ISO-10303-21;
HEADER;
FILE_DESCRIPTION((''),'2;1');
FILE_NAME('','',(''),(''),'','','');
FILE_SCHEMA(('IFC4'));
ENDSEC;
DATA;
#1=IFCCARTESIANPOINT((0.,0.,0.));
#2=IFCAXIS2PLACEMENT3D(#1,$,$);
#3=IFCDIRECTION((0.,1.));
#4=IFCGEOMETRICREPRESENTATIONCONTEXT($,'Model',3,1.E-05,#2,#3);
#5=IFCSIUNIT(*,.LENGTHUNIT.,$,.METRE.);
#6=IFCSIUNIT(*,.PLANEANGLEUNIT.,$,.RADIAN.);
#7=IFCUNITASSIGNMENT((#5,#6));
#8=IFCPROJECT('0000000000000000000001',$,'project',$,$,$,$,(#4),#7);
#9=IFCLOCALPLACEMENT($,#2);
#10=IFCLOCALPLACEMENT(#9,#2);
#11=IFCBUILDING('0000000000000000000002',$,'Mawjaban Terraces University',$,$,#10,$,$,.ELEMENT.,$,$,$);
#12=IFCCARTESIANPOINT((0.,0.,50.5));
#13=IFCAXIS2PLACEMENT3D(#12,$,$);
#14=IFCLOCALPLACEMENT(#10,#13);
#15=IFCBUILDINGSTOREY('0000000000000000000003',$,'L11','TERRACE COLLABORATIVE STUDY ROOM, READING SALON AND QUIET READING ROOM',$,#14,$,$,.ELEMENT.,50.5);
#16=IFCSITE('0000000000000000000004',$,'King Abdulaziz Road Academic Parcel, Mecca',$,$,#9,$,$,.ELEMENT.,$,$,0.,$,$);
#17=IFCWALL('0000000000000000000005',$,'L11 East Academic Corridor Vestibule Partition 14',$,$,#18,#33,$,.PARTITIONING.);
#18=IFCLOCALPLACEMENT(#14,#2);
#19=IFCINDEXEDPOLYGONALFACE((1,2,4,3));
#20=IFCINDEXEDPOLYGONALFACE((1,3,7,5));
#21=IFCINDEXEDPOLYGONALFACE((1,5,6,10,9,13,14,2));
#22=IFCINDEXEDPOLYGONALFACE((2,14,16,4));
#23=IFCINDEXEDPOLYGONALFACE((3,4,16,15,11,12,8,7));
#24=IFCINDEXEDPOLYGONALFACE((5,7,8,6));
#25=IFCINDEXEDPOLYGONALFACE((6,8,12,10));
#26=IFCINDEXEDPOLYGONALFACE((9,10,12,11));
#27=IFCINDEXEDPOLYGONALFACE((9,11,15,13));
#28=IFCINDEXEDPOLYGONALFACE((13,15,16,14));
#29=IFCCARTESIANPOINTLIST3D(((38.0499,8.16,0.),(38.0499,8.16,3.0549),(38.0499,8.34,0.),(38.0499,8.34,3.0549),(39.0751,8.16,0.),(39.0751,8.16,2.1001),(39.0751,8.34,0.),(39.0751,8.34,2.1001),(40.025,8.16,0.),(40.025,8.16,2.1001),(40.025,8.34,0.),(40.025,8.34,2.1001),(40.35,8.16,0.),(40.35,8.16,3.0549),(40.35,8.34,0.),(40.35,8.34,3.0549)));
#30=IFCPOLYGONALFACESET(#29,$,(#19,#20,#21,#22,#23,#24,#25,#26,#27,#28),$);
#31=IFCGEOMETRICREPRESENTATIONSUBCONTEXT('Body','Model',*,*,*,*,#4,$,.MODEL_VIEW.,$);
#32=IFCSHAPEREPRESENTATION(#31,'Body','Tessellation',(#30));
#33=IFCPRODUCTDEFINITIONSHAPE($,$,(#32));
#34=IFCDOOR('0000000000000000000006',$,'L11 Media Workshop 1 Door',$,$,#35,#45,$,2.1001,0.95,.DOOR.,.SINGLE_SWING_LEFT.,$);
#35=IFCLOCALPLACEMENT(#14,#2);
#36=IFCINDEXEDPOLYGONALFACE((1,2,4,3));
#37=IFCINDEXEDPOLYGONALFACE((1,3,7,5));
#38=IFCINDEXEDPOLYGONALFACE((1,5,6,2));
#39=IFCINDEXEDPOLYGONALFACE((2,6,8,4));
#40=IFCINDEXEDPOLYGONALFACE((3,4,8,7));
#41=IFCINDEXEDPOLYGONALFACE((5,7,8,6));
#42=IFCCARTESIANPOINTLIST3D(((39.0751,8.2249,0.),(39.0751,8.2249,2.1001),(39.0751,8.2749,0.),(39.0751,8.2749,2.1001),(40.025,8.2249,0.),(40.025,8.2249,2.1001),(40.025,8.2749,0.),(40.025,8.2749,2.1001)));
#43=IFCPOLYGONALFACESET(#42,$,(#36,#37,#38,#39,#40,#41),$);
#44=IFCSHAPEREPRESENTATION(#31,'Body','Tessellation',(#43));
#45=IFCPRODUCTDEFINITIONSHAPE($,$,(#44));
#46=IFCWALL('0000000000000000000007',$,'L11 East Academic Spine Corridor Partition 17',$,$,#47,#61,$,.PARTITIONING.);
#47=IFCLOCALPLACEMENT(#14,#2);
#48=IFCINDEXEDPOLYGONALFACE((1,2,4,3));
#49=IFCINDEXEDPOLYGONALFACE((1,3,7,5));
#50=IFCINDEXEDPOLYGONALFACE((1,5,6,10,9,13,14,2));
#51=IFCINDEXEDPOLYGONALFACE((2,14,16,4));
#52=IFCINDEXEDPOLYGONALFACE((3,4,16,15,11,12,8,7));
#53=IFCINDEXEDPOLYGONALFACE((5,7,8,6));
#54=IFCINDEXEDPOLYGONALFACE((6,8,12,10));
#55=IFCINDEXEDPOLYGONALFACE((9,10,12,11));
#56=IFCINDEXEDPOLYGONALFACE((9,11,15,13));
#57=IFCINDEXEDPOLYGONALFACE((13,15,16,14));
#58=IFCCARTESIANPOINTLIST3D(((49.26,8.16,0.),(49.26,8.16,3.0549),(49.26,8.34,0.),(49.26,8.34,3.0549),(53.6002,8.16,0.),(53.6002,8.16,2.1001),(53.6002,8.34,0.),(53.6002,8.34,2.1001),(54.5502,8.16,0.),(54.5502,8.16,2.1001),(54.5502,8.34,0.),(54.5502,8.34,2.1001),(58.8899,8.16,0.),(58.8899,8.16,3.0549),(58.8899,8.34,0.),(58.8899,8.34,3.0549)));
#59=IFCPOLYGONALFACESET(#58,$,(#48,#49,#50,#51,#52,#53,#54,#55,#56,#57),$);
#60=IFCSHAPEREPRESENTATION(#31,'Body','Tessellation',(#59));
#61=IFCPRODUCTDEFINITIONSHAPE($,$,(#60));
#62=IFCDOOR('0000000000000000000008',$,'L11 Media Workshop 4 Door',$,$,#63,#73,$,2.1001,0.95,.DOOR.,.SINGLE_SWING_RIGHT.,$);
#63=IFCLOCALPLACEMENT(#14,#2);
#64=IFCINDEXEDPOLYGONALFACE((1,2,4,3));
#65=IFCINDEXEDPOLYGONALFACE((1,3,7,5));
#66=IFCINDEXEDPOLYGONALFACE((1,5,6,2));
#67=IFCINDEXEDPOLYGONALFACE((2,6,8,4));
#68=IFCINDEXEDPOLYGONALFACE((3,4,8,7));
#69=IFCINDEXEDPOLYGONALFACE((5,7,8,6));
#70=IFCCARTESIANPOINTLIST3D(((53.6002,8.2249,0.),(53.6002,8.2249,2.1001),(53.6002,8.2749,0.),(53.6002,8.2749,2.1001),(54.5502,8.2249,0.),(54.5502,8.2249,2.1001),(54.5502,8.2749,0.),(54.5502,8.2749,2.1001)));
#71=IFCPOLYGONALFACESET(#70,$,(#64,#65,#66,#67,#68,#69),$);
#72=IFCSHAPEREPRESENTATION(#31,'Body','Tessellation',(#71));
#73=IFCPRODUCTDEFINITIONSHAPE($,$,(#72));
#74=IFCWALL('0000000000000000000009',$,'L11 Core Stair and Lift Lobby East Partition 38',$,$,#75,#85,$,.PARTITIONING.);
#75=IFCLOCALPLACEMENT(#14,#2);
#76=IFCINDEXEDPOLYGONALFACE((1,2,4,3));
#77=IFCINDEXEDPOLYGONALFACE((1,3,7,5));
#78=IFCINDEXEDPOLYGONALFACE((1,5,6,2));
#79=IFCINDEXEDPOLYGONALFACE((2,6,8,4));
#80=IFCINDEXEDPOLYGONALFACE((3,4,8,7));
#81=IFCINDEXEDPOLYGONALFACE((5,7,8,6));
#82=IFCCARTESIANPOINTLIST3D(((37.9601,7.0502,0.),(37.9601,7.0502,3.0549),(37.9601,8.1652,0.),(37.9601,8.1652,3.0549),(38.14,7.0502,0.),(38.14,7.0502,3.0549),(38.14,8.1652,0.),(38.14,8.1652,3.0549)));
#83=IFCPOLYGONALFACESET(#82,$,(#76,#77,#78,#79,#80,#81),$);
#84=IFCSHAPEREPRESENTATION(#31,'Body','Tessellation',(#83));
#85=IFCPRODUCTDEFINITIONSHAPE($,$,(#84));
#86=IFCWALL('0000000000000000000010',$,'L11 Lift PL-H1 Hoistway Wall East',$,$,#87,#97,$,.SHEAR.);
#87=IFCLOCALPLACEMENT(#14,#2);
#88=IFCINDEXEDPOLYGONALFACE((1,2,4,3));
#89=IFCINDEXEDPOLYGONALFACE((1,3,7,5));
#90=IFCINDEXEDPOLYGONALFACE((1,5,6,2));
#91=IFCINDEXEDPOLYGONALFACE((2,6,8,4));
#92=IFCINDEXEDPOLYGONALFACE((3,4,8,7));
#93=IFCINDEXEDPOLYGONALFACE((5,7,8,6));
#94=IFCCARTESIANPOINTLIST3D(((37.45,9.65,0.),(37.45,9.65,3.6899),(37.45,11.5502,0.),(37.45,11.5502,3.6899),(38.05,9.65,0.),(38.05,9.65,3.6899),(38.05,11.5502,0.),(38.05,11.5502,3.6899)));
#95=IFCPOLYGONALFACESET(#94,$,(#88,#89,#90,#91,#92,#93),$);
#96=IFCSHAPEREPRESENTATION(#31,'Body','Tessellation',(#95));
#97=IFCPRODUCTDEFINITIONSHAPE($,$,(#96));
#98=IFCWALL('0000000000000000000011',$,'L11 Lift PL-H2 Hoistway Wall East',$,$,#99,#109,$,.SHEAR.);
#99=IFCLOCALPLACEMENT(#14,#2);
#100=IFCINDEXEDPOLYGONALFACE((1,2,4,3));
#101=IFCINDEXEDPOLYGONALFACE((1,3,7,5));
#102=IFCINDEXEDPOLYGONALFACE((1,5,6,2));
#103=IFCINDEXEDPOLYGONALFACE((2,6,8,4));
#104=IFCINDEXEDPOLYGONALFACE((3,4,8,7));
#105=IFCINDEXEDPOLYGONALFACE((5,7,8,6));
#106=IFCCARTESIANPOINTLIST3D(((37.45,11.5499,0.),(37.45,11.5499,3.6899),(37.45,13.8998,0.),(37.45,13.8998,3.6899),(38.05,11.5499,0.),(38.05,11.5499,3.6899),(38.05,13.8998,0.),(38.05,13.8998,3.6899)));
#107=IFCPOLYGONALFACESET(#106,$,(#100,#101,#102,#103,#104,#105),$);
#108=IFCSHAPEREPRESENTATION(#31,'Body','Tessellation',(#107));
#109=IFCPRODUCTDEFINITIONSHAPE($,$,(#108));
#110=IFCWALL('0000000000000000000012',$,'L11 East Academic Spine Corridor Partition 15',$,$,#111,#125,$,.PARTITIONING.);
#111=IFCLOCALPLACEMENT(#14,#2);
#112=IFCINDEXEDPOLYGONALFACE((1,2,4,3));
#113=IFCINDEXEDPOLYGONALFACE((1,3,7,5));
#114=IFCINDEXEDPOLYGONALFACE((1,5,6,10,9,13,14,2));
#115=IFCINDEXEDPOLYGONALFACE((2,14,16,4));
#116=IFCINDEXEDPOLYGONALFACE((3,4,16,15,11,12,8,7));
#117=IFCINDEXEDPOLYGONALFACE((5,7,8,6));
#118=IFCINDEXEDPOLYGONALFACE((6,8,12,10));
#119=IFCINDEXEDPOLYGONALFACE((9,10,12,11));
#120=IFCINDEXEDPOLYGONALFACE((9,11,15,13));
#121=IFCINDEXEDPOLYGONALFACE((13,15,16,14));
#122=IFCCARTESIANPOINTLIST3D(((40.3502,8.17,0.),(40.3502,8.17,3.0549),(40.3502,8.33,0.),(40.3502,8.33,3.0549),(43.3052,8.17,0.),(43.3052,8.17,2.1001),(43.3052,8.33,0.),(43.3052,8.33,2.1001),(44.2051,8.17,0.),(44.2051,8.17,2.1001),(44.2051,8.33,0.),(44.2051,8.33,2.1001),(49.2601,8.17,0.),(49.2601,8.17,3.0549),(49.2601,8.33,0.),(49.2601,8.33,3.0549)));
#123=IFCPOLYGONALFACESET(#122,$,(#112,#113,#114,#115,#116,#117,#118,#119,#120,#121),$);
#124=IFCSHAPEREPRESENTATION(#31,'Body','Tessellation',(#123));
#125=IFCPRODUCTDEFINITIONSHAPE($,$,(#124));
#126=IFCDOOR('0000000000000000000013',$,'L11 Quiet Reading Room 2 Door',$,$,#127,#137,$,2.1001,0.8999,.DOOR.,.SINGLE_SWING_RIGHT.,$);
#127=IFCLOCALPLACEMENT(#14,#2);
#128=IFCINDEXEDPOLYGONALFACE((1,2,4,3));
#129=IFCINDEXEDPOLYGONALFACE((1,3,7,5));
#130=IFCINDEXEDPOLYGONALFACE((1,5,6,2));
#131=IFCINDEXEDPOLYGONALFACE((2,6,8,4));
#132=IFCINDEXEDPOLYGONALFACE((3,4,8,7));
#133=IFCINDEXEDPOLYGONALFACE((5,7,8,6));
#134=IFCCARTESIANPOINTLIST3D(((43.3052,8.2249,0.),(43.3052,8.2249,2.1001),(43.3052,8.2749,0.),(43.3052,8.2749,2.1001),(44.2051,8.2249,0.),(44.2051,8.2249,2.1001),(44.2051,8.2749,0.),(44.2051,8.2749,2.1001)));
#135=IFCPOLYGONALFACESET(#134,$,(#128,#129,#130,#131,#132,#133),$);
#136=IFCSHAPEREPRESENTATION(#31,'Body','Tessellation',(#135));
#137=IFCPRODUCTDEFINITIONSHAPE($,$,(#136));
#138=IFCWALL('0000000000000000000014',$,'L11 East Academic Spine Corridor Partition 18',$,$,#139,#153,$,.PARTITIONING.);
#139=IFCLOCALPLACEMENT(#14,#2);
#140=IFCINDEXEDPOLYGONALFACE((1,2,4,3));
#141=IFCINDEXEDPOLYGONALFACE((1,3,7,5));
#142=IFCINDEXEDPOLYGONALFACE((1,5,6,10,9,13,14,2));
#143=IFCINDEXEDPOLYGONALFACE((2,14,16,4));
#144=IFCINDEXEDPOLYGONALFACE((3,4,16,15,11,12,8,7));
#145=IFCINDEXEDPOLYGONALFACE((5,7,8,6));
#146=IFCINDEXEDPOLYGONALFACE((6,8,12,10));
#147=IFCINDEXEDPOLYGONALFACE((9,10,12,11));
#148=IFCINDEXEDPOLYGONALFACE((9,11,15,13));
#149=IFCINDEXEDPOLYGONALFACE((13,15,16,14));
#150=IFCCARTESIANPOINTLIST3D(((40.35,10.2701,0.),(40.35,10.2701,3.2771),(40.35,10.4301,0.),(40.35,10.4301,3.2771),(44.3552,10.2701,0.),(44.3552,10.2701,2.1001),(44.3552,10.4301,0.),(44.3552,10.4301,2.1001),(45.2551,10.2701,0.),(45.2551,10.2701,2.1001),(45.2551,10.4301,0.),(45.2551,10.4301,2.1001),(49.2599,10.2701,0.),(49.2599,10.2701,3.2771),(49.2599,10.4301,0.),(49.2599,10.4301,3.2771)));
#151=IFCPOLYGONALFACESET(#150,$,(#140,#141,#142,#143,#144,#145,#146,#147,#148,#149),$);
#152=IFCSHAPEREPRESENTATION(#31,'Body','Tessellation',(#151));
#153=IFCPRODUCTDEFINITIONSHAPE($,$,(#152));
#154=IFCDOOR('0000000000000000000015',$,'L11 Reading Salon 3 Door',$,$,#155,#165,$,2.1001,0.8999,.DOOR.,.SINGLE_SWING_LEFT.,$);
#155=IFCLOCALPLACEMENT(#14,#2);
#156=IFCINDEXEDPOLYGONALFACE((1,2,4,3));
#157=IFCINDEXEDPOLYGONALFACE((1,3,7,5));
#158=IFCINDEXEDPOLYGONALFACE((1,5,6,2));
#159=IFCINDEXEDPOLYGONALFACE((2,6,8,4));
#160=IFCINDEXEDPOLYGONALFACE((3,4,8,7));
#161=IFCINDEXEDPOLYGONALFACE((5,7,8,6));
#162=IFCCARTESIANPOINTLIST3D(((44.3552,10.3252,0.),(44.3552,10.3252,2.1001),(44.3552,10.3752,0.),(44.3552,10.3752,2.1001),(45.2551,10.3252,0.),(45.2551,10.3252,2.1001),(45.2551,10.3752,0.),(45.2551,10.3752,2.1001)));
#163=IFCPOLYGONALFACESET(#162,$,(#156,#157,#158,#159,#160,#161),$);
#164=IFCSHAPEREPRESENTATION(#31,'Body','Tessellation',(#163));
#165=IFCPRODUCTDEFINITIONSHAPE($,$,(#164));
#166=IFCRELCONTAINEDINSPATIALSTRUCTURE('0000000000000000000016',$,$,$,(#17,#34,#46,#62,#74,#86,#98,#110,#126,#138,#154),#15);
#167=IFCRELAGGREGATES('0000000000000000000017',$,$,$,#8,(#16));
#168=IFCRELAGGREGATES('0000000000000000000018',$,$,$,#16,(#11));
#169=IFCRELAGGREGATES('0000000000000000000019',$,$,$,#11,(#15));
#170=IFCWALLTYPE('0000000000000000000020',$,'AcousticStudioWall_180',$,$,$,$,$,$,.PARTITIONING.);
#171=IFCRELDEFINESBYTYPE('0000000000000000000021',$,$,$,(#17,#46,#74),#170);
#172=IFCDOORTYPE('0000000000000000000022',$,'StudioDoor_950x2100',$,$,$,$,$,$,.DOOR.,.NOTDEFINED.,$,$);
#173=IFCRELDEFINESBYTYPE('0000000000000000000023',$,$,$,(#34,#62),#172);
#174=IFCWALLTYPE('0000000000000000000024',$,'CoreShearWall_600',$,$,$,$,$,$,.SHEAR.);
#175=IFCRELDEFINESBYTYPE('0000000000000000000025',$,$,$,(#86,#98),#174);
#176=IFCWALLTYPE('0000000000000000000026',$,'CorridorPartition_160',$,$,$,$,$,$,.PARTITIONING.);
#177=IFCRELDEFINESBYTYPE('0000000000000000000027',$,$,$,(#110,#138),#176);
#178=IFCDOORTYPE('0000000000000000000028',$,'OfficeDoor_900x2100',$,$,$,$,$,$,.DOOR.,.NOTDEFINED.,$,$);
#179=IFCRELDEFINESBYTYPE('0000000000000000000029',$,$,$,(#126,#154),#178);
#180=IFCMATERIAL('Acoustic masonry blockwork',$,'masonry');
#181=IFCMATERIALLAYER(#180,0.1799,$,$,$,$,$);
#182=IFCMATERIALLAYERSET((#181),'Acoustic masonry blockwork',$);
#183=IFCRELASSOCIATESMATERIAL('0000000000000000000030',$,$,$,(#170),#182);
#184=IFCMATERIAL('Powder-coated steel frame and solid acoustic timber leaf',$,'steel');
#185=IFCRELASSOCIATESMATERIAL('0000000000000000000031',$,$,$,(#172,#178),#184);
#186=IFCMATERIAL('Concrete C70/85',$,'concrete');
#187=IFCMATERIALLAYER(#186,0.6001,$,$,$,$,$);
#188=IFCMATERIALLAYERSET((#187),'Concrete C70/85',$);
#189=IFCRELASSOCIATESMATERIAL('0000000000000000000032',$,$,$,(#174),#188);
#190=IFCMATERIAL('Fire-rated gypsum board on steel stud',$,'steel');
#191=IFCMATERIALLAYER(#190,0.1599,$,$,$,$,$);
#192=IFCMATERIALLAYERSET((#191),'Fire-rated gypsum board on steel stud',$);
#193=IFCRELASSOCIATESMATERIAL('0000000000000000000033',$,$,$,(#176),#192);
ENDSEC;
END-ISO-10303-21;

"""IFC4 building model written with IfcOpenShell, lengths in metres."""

from ifc_helpers import new_model, si_unit, direction, frame, frame_2d, origin, place, context, subcontext, project, spatial, rectangle, extrude, material, layer, layer_set, type_object, element, fill, save


model = new_model("IFC4")

# Units and contexts
model_context = context("Model", 3, precision=1e-05, world=origin(), true_north=direction((0.0, 1.0)))
body_context = subcontext(model_context, "Body", "Model", "MODEL_VIEW")
ifc_project = project(units=[si_unit("LENGTHUNIT", "METRE"), si_unit("PLANEANGLEUNIT", "RADIAN")], contexts=[model_context])

# Site, building, storey
site_placement = place(None, origin())
site = spatial("IfcSite", under=ifc_project, at=site_placement, Name="King Abdulaziz Road Academic Parcel, Mecca", CompositionType="ELEMENT", RefElevation=0.0)
building_placement = place(site_placement, origin())
building = spatial("IfcBuilding", under=site, at=building_placement, Name="Mawjaban Terraces University", CompositionType="ELEMENT")
storey_placement = place(building_placement, frame((0.0, 0.0, 50.5)))
storey = spatial("IfcBuildingStorey", under=building, at=storey_placement, Name="L11", Description="TERRACE COLLABORATIVE STUDY ROOM, READING SALON AND QUIET READING ROOM", CompositionType="ELEMENT", Elevation=50.5)

# Walls, openings, doors
ifc_material_1 = material(Name="Acoustic masonry blockwork", Category="masonry")
ifc_layer_1 = layer(ifc_material_1, 0.1799)
ifc_layer_set_1 = layer_set([ifc_layer_1], Name="Acoustic masonry blockwork")
wall_type_1 = type_object("IfcWallType", Name="AcousticStudioWall_180", PredefinedType="PARTITIONING", material=ifc_layer_set_1)
wall_1_placement = place(storey_placement, frame((38.05, 8.25, 0.0), z_axis=(0.0, 0.0, 1.0), x_axis=(1.0, 0.0, 0.0)))
wall_1 = element("IfcWall", 1, at=wall_1_placement, inside=storey, type_object=wall_type_1, Name="L11 East Academic Corridor Vestibule Partition 14", PredefinedType="PARTITIONING", context=body_context, shape_type="SweptSolid", body=[
    extrude(rectangle(XDim=2.3, YDim=0.1799, at=frame_2d((1.1499, 0.0))), origin(), (0.0, 0.0, 1.0), 3.0549),
])
opening_1_placement = place(wall_1_placement, frame((1.0249, 0.0, 0.0)))
opening_1 = element("IfcOpeningElement", 2, at=opening_1_placement, cuts=wall_1, PredefinedType="OPENING", context=body_context, shape_type="SweptSolid", body=[
    extrude(rectangle(XDim=0.95, YDim=2.1001, at=frame_2d((0.4751, 1.05))), frame((0.0, 0.0999, 0.0), z_axis=(0.0, -1.0, 0.0), x_axis=(1.0, 0.0, 0.0)), (0.0, 0.0, 1.0), 0.2),
])
ifc_material_2 = material(Name="Powder-coated steel frame and solid acoustic timber leaf", Category="steel")
door_type_1 = type_object("IfcDoorType", Name="StudioDoor_950x2100", OperationType="NOTDEFINED", PredefinedType="DOOR", material=ifc_material_2)
door_1_placement = place(opening_1_placement, origin())
door_1 = element("IfcDoor", 3, at=door_1_placement, inside=storey, type_object=door_type_1, Name="L11 Media Workshop 1 Door", OperationType="SINGLE_SWING_LEFT", OverallHeight=2.1001, OverallWidth=0.95, PredefinedType="DOOR", context=body_context, shape_type="SweptSolid", body=[
    extrude(rectangle(XDim=0.95, YDim=2.1001, at=frame_2d((0.4751, 1.05))), frame((0.0, 0.0249, 0.0), z_axis=(0.0, -1.0, 0.0), x_axis=(1.0, 0.0, 0.0)), (0.0, 0.0, 1.0), 0.05),
])
fill(opening_1, door_1)
wall_2_placement = place(storey_placement, frame((49.26, 8.25, 0.0), z_axis=(0.0, 0.0, 1.0), x_axis=(1.0, 0.0, 0.0)))
wall_2 = element("IfcWall", 4, at=wall_2_placement, inside=storey, type_object=wall_type_1, Name="L11 East Academic Spine Corridor Partition 17", PredefinedType="PARTITIONING", context=body_context, shape_type="SweptSolid", body=[
    extrude(rectangle(XDim=9.6299, YDim=0.1799, at=frame_2d((4.8149, 0.0))), origin(), (0.0, 0.0, 1.0), 3.0549),
])
opening_2_placement = place(wall_2_placement, frame((4.3401, 0.0, 0.0)))
opening_2 = element("IfcOpeningElement", 5, at=opening_2_placement, cuts=wall_2, PredefinedType="OPENING", context=body_context, shape_type="SweptSolid", body=[
    extrude(rectangle(XDim=0.95, YDim=2.1001, at=frame_2d((0.4751, 1.05))), frame((0.0, 0.0999, 0.0), z_axis=(0.0, -1.0, 0.0), x_axis=(1.0, 0.0, 0.0)), (0.0, 0.0, 1.0), 0.2),
])
door_2_placement = place(opening_2_placement, origin())
door_2 = element("IfcDoor", 6, at=door_2_placement, inside=storey, type_object=door_type_1, Name="L11 Media Workshop 4 Door", OperationType="SINGLE_SWING_RIGHT", OverallHeight=2.1001, OverallWidth=0.95, PredefinedType="DOOR", context=body_context, shape_type="SweptSolid", body=[
    extrude(rectangle(XDim=0.95, YDim=2.1001, at=frame_2d((0.4751, 1.05))), frame((0.0, 0.0249, 0.0), z_axis=(0.0, -1.0, 0.0), x_axis=(1.0, 0.0, 0.0)), (0.0, 0.0, 1.0), 0.05),
])
fill(opening_2, door_2)

# Walls
wall_3_placement = place(storey_placement, frame((38.05, 7.05, 0.0), z_axis=(0.0, 0.0, 1.0), x_axis=(0.0, 1.0, 0.0)))
element("IfcWall", 7, at=wall_3_placement, inside=storey, type_object=wall_type_1, Name="L11 Core Stair and Lift Lobby East Partition 38", PredefinedType="PARTITIONING", context=body_context, shape_type="SweptSolid", body=[
    extrude(rectangle(XDim=1.115, YDim=0.1799, at=frame_2d((0.5576, 0.0))), origin(), (0.0, 0.0, 1.0), 3.0549),
])
ifc_material_3 = material(Name="Concrete C70/85", Category="concrete")
ifc_layer_2 = layer(ifc_material_3, 0.6001)
ifc_layer_set_2 = layer_set([ifc_layer_2], Name="Concrete C70/85")
wall_type_2 = type_object("IfcWallType", Name="CoreShearWall_600", PredefinedType="SHEAR", material=ifc_layer_set_2)
wall_4_placement = place(storey_placement, frame((37.75, 9.6499, 0.0), z_axis=(0.0, 0.0, 1.0), x_axis=(0.0, 1.0, 0.0)))
element("IfcWall", 8, at=wall_4_placement, inside=storey, type_object=wall_type_2, Name="L11 Lift PL-H1 Hoistway Wall East", PredefinedType="SHEAR", context=body_context, shape_type="SweptSolid", body=[
    extrude(rectangle(XDim=1.9001, YDim=0.6001, at=frame_2d((0.9502, 0.0))), origin(), (0.0, 0.0, 1.0), 3.6899),
])
wall_5_placement = place(storey_placement, frame((37.75, 11.55, 0.0), z_axis=(0.0, 0.0, 1.0), x_axis=(0.0, 1.0, 0.0)))
element("IfcWall", 9, at=wall_5_placement, inside=storey, type_object=wall_type_2, Name="L11 Lift PL-H2 Hoistway Wall East", PredefinedType="SHEAR", context=body_context, shape_type="SweptSolid", body=[
    extrude(rectangle(XDim=2.3499, YDim=0.6001, at=frame_2d((1.1748, 0.0))), origin(), (0.0, 0.0, 1.0), 3.6899),
])

# Walls, openings, doors
ifc_material_4 = material(Name="Fire-rated gypsum board on steel stud", Category="steel")
ifc_layer_3 = layer(ifc_material_4, 0.1599)
ifc_layer_set_3 = layer_set([ifc_layer_3], Name="Fire-rated gypsum board on steel stud")
wall_type_3 = type_object("IfcWallType", Name="CorridorPartition_160", PredefinedType="PARTITIONING", material=ifc_layer_set_3)
wall_6_placement = place(storey_placement, frame((40.3501, 8.25, 0.0), z_axis=(0.0, 0.0, 1.0), x_axis=(1.0, 0.0, 0.0)))
wall_6 = element("IfcWall", 10, at=wall_6_placement, inside=storey, type_object=wall_type_3, Name="L11 East Academic Spine Corridor Partition 15", PredefinedType="PARTITIONING", context=body_context, shape_type="SweptSolid", body=[
    extrude(rectangle(XDim=8.9099, YDim=0.1599, at=frame_2d((4.4551, 0.0))), origin(), (0.0, 0.0, 1.0), 3.0549),
])
opening_3_placement = place(wall_6_placement, frame((2.9551, 0.0, 0.0)))
opening_3 = element("IfcOpeningElement", 11, at=opening_3_placement, cuts=wall_6, PredefinedType="OPENING", context=body_context, shape_type="SweptSolid", body=[
    extrude(rectangle(XDim=0.8999, YDim=2.1001, at=frame_2d((0.45, 1.05))), frame((0.0, 0.0898, 0.0), z_axis=(0.0, -1.0, 0.0), x_axis=(1.0, 0.0, 0.0)), (0.0, 0.0, 1.0), 0.1799),
])
door_type_2 = type_object("IfcDoorType", Name="OfficeDoor_900x2100", OperationType="NOTDEFINED", PredefinedType="DOOR", material=ifc_material_2)
door_3_placement = place(opening_3_placement, origin())
door_3 = element("IfcDoor", 12, at=door_3_placement, inside=storey, type_object=door_type_2, Name="L11 Quiet Reading Room 2 Door", OperationType="SINGLE_SWING_RIGHT", OverallHeight=2.1001, OverallWidth=0.8999, PredefinedType="DOOR", context=body_context, shape_type="SweptSolid", body=[
    extrude(rectangle(XDim=0.8999, YDim=2.1001, at=frame_2d((0.45, 1.05))), frame((0.0, 0.0249, 0.0), z_axis=(0.0, -1.0, 0.0), x_axis=(1.0, 0.0, 0.0)), (0.0, 0.0, 1.0), 0.05),
])
fill(opening_3, door_3)
wall_7_placement = place(storey_placement, frame((49.26, 10.3501, 0.0), z_axis=(0.0, 0.0, 1.0), x_axis=(-1.0, 0.0, 0.0)))
wall_7 = element("IfcWall", 13, at=wall_7_placement, inside=storey, type_object=wall_type_3, Name="L11 East Academic Spine Corridor Partition 18", PredefinedType="PARTITIONING", context=body_context, shape_type="SweptSolid", body=[
    extrude(rectangle(XDim=8.9099, YDim=0.1599, at=frame_2d((4.4551, 0.0))), origin(), (0.0, 0.0, 1.0), 3.2771),
])
opening_4_placement = place(wall_7_placement, frame((4.0049, 0.0, 0.0)))
opening_4 = element("IfcOpeningElement", 14, at=opening_4_placement, cuts=wall_7, PredefinedType="OPENING", context=body_context, shape_type="SweptSolid", body=[
    extrude(rectangle(XDim=0.8999, YDim=2.1001, at=frame_2d((0.45, 1.05))), frame((0.0, 0.0898, 0.0), z_axis=(0.0, -1.0, 0.0), x_axis=(1.0, 0.0, 0.0)), (0.0, 0.0, 1.0), 0.1799),
])
door_4_placement = place(opening_4_placement, origin())
door_4 = element("IfcDoor", 15, at=door_4_placement, inside=storey, type_object=door_type_2, Name="L11 Reading Salon 3 Door", OperationType="SINGLE_SWING_LEFT", OverallHeight=2.1001, OverallWidth=0.8999, PredefinedType="DOOR", context=body_context, shape_type="SweptSolid", body=[
    extrude(rectangle(XDim=0.8999, YDim=2.1001, at=frame_2d((0.45, 1.05))), frame((0.0, 0.0249, 0.0), z_axis=(0.0, -1.0, 0.0), x_axis=(1.0, 0.0, 0.0)), (0.0, 0.0, 1.0), 0.05),
])
fill(opening_4, door_4)

save(model, "model.ifc")
